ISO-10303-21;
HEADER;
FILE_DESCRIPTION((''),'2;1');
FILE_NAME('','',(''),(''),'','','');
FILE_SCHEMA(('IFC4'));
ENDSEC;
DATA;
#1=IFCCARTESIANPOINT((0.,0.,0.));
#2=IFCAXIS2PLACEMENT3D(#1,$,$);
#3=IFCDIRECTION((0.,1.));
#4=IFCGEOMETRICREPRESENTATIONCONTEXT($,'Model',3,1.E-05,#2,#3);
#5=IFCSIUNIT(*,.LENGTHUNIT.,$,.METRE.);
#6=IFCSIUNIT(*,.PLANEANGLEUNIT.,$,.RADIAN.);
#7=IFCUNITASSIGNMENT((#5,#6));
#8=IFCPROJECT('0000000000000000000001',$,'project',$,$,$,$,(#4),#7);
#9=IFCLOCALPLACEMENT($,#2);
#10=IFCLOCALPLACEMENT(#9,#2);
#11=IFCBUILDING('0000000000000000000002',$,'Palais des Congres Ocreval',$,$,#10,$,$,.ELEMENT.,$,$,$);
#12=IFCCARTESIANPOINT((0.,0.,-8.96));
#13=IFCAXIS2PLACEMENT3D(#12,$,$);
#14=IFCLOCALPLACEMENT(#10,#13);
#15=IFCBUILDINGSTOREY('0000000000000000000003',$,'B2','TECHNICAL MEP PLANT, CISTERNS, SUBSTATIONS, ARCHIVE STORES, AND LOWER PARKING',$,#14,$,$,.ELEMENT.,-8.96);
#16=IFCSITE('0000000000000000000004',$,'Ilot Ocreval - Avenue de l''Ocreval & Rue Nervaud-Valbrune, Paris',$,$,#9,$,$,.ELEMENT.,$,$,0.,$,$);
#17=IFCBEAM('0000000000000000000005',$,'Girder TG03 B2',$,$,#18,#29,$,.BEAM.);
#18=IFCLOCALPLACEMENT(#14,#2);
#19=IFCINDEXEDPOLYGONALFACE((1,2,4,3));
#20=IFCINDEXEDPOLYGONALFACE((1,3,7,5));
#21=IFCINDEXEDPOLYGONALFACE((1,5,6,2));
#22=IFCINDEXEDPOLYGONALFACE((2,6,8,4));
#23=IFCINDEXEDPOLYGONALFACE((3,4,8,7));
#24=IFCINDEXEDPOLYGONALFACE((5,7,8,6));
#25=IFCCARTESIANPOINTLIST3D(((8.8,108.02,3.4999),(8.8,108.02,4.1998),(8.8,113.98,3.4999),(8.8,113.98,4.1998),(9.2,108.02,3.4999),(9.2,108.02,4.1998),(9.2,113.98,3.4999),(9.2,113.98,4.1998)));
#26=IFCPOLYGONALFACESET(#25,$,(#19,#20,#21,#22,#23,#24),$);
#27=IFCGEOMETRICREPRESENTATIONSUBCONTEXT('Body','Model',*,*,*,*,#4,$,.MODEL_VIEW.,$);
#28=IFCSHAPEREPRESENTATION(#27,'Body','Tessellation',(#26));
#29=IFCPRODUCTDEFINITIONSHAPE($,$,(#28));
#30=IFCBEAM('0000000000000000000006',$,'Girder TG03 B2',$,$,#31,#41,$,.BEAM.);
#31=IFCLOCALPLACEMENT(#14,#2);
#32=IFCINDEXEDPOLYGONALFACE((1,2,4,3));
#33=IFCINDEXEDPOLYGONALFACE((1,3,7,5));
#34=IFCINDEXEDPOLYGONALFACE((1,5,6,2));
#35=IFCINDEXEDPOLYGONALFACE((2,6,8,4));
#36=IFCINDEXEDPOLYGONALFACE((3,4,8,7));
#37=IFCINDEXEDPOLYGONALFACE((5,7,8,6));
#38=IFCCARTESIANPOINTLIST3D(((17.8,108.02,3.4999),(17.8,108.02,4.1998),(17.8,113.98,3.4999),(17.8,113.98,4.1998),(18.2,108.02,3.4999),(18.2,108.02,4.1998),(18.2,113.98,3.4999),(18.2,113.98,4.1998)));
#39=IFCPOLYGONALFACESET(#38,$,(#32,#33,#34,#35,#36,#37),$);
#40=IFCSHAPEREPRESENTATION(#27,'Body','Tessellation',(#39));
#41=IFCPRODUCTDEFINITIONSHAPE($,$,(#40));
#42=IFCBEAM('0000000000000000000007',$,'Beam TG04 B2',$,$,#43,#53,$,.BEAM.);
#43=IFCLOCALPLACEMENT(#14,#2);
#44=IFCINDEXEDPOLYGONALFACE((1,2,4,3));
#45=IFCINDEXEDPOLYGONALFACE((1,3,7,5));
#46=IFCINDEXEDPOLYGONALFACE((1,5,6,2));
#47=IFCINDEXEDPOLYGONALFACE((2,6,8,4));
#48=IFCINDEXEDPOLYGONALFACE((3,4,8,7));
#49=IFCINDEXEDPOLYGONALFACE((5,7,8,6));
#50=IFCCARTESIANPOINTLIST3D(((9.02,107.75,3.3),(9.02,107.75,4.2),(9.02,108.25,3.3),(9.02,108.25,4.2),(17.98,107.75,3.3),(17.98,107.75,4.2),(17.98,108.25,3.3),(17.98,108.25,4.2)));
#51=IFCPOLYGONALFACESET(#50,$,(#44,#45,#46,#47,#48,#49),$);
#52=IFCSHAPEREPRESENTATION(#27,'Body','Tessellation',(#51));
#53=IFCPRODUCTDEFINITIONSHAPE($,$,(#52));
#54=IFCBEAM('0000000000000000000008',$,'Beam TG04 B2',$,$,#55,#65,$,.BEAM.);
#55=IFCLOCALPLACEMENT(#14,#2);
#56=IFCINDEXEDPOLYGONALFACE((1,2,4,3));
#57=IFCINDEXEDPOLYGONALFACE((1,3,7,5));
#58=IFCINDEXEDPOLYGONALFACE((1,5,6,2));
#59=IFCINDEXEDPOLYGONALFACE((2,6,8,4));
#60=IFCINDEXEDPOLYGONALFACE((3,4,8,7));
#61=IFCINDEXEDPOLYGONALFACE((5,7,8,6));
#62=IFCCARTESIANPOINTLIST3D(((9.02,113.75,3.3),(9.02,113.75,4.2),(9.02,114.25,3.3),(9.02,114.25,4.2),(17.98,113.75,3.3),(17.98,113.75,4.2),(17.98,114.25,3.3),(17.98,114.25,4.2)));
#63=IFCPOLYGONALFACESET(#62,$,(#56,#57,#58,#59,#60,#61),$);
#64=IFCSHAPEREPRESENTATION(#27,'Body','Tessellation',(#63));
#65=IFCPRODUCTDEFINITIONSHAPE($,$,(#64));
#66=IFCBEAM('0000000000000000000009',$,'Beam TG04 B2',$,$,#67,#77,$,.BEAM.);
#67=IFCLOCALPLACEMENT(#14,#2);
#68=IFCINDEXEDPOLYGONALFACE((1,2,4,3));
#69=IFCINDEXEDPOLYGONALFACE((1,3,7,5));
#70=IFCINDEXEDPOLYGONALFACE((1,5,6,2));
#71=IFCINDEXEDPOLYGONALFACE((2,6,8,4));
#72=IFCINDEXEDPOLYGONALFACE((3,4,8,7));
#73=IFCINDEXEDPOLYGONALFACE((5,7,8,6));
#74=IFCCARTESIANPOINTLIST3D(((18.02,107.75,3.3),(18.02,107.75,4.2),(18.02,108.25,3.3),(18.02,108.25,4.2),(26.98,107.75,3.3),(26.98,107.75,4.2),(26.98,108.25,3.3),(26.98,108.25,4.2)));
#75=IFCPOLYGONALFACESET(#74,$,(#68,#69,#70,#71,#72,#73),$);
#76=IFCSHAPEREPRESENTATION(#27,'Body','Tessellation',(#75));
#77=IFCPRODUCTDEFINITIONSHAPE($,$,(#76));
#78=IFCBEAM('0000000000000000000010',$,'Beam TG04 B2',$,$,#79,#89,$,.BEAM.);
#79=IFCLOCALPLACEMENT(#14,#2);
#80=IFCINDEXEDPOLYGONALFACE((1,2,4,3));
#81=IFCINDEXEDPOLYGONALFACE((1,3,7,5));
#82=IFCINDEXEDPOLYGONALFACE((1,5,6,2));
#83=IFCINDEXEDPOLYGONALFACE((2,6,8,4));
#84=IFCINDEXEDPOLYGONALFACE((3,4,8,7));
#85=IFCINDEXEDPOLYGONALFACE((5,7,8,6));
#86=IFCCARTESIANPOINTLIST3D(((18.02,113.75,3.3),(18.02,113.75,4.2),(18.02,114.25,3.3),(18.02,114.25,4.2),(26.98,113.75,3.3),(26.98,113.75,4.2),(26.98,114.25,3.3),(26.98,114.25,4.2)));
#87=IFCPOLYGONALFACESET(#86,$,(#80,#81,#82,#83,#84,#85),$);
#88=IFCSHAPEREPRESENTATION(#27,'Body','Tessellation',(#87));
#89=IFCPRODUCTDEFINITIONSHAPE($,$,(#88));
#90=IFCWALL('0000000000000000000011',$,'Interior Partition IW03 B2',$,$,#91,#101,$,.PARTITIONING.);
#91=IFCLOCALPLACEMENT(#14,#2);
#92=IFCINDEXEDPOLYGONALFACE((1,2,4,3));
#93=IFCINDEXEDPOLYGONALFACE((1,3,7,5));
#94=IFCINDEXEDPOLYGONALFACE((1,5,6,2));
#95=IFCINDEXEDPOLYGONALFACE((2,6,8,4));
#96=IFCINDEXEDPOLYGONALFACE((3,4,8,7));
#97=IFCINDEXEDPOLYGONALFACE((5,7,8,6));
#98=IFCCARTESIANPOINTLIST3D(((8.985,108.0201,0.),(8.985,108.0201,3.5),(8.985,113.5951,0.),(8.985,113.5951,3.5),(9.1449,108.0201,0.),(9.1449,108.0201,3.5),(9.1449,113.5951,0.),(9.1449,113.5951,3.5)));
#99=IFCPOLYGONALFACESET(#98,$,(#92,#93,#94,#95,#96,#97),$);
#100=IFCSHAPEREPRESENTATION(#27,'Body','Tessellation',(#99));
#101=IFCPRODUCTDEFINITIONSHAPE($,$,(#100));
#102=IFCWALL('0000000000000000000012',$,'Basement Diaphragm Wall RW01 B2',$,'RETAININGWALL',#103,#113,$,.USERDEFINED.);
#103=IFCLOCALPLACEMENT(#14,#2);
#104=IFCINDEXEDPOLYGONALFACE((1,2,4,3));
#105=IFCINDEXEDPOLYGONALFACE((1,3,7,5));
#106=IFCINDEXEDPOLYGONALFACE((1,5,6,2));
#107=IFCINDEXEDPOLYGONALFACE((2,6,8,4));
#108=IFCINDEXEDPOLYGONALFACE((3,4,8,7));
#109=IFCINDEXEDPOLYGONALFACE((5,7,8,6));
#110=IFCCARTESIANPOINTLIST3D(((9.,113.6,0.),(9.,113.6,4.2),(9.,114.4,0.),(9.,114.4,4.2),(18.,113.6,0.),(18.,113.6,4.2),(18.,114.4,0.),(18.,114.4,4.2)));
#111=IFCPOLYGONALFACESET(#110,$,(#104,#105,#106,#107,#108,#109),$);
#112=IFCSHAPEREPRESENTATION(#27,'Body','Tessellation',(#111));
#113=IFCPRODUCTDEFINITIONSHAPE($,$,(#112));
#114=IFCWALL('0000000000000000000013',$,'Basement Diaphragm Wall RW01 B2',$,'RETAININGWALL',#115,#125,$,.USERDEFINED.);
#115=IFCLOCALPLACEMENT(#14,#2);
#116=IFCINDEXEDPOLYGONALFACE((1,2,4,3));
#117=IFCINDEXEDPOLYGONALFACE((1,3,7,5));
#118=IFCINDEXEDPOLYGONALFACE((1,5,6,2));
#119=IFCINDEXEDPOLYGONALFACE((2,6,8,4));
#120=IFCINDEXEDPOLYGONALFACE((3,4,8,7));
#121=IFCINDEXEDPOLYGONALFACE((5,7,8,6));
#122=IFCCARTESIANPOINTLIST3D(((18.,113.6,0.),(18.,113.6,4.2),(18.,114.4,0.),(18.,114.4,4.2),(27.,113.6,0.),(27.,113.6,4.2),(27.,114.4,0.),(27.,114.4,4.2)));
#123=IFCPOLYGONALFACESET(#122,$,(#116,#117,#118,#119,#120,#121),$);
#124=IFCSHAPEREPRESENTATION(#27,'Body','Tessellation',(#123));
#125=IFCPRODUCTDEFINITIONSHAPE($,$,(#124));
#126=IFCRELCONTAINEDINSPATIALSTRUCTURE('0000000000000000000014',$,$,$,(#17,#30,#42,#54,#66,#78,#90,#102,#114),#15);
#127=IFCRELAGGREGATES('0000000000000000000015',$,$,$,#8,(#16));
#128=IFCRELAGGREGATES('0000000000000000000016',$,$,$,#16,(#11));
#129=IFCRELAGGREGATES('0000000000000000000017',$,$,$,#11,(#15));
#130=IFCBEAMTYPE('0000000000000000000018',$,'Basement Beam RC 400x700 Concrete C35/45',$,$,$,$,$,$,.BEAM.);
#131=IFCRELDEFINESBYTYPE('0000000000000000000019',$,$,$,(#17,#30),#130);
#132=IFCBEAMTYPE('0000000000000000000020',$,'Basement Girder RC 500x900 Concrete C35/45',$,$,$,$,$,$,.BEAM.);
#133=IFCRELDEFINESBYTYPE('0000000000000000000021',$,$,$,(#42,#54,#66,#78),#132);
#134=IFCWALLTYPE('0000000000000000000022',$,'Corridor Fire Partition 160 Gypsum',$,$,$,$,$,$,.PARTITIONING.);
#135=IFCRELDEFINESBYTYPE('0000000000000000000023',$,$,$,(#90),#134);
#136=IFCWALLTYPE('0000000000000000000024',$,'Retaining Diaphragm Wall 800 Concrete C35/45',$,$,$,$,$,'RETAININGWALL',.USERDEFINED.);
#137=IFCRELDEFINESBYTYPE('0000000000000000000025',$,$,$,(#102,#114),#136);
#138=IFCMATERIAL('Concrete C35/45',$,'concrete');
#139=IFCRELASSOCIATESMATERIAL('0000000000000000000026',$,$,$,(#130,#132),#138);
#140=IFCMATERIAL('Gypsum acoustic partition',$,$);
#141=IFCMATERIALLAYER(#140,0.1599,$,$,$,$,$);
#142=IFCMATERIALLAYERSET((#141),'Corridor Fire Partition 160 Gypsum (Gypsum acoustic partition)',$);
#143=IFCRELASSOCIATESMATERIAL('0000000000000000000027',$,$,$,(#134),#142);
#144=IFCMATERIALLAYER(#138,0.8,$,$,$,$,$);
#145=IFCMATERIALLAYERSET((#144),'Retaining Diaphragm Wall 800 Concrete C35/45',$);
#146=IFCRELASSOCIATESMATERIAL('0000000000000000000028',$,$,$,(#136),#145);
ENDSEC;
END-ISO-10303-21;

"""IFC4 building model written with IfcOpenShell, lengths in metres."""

from ifc_helpers import new_model, si_unit, direction, frame, frame_2d, origin, origin_2d, place, context, subcontext, project, spatial, rectangle, extrude, material, layer, layer_set, material_profile, profile_set, type_object, element, save


model = new_model("IFC4")

# Units and contexts
model_context = context("Model", 3, precision=1e-05, world=origin(), true_north=direction((0.0, 1.0)))
body_context = subcontext(model_context, "Body", "Model", "MODEL_VIEW")
ifc_project = project(units=[si_unit("LENGTHUNIT", "METRE"), si_unit("PLANEANGLEUNIT", "RADIAN")], contexts=[model_context])

# Site, building, storey
site_placement = place(None, origin())
site = spatial("IfcSite", under=ifc_project, at=site_placement, Name="Ilot Ocreval - Avenue de l'Ocreval & Rue Nervaud-Valbrune, Paris", CompositionType="ELEMENT", RefElevation=0.0)
building_placement = place(site_placement, origin())
building = spatial("IfcBuilding", under=site, at=building_placement, Name="Palais des Congres Ocreval", CompositionType="ELEMENT")
storey_placement = place(building_placement, frame((0.0, 0.0, -8.96)))
storey = spatial("IfcBuildingStorey", under=building, at=storey_placement, Name="B2", Description="TECHNICAL MEP PLANT, CISTERNS, SUBSTATIONS, ARCHIVE STORES, AND LOWER PARKING", CompositionType="ELEMENT", Elevation=-8.96)

# Shared definitions
ifc_material_1 = material(Name="Concrete C35/45", Category="concrete")

# Beams
ifc_material_profile_1 = material_profile(ifc_material_1, rectangle(XDim=0.3999, YDim=0.7, at=origin_2d()), Name="RC 400x700")
ifc_profile_set_1 = profile_set([ifc_material_profile_1], Name="Concrete C35/45")
beam_type_1 = type_object("IfcBeamType", Name="Basement Beam RC 400x700 Concrete C35/45", PredefinedType="BEAM", material=ifc_profile_set_1)
for number, where, z_axis, x_axis, name in (
    (1, (9.0, 108.02, 3.8499), (0.0, 1.0, 0.0), (-1.0, 0.0, 0.0), "Girder TG03 B2"),
    (2, (18.0, 108.02, 3.8499), (0.0, 1.0, 0.0), (-1.0, 0.0, 0.0), "Girder TG03 B2"),
):
    element("IfcBeam", number, at=place(storey_placement, frame(where, z_axis=z_axis, x_axis=x_axis)), inside=storey, type_object=beam_type_1, Name=name, PredefinedType="BEAM", context=body_context, shape_type="SweptSolid", body=[
        extrude(rectangle(XDim=0.3999, YDim=0.7, at=origin_2d()), origin(), (0.0, 0.0, 1.0), 5.96),
    ])
ifc_material_profile_2 = material_profile(ifc_material_1, rectangle(XDim=0.5, YDim=0.8999, at=origin_2d()), Name="RC 500x900")
ifc_profile_set_2 = profile_set([ifc_material_profile_2], Name="Concrete C35/45")
beam_type_2 = type_object("IfcBeamType", Name="Basement Girder RC 500x900 Concrete C35/45", PredefinedType="BEAM", material=ifc_profile_set_2)
for number, where, z_axis, x_axis, name in (
    (3, (9.02, 108.0, 3.75), (1.0, 0.0, 0.0), (0.0, 1.0, 0.0), "Beam TG04 B2"),
    (4, (9.02, 114.0, 3.75), (1.0, 0.0, 0.0), (0.0, 1.0, 0.0), "Beam TG04 B2"),
    (5, (18.02, 108.0, 3.75), (1.0, 0.0, 0.0), (0.0, 1.0, 0.0), "Beam TG04 B2"),
    (6, (18.02, 114.0, 3.75), (1.0, 0.0, 0.0), (0.0, 1.0, 0.0), "Beam TG04 B2"),
):
    element("IfcBeam", number, at=place(storey_placement, frame(where, z_axis=z_axis, x_axis=x_axis)), inside=storey, type_object=beam_type_2, Name=name, PredefinedType="BEAM", context=body_context, shape_type="SweptSolid", body=[
        extrude(rectangle(XDim=0.5, YDim=0.8999, at=origin_2d()), origin(), (0.0, 0.0, 1.0), 8.96),
    ])

# Walls
ifc_material_2 = material(Name="Gypsum acoustic partition")
ifc_layer_1 = layer(ifc_material_2, 0.1599)
ifc_layer_set_1 = layer_set([ifc_layer_1], Name="Corridor Fire Partition 160 Gypsum (Gypsum acoustic partition)")
wall_type_1 = type_object("IfcWallType", Name="Corridor Fire Partition 160 Gypsum", PredefinedType="PARTITIONING", material=ifc_layer_set_1)
wall_placement = place(storey_placement, frame((9.0649, 108.02, 0.0), z_axis=(0.0, 0.0, 1.0), x_axis=(0.0, 1.0, 0.0)))
element("IfcWall", 7, at=wall_placement, inside=storey, type_object=wall_type_1, Name="Interior Partition IW03 B2", PredefinedType="PARTITIONING", context=body_context, shape_type="SweptSolid", body=[
    extrude(rectangle(XDim=5.575, YDim=0.1599, at=frame_2d((2.7876, 0.0))), origin(), (0.0, 0.0, 1.0), 3.5),
])
ifc_layer_2 = layer(ifc_material_1, 0.8)
ifc_layer_set_2 = layer_set([ifc_layer_2], Name="Retaining Diaphragm Wall 800 Concrete C35/45")
wall_type_2 = type_object("IfcWallType", Name="Retaining Diaphragm Wall 800 Concrete C35/45", ElementType="RETAININGWALL", PredefinedType="USERDEFINED", material=ifc_layer_set_2)
for number, where, z_axis, x_axis, name in (
    (8, (9.0, 114.0, 0.0), (0.0, 0.0, 1.0), (1.0, 0.0, 0.0), "Basement Diaphragm Wall RW01 B2"),
    (9, (18.0, 114.0, 0.0), (0.0, 0.0, 1.0), (1.0, 0.0, 0.0), "Basement Diaphragm Wall RW01 B2"),
):
    element("IfcWall", number, at=place(storey_placement, frame(where, z_axis=z_axis, x_axis=x_axis)), inside=storey, type_object=wall_type_2, Name=name, ObjectType="RETAININGWALL", PredefinedType="USERDEFINED", context=body_context, shape_type="SweptSolid", body=[
        extrude(rectangle(XDim=9.0, YDim=0.8, at=frame_2d((4.5, 0.0))), origin(), (0.0, 0.0, 1.0), 4.2),
    ])

save(model, "model.ifc")
